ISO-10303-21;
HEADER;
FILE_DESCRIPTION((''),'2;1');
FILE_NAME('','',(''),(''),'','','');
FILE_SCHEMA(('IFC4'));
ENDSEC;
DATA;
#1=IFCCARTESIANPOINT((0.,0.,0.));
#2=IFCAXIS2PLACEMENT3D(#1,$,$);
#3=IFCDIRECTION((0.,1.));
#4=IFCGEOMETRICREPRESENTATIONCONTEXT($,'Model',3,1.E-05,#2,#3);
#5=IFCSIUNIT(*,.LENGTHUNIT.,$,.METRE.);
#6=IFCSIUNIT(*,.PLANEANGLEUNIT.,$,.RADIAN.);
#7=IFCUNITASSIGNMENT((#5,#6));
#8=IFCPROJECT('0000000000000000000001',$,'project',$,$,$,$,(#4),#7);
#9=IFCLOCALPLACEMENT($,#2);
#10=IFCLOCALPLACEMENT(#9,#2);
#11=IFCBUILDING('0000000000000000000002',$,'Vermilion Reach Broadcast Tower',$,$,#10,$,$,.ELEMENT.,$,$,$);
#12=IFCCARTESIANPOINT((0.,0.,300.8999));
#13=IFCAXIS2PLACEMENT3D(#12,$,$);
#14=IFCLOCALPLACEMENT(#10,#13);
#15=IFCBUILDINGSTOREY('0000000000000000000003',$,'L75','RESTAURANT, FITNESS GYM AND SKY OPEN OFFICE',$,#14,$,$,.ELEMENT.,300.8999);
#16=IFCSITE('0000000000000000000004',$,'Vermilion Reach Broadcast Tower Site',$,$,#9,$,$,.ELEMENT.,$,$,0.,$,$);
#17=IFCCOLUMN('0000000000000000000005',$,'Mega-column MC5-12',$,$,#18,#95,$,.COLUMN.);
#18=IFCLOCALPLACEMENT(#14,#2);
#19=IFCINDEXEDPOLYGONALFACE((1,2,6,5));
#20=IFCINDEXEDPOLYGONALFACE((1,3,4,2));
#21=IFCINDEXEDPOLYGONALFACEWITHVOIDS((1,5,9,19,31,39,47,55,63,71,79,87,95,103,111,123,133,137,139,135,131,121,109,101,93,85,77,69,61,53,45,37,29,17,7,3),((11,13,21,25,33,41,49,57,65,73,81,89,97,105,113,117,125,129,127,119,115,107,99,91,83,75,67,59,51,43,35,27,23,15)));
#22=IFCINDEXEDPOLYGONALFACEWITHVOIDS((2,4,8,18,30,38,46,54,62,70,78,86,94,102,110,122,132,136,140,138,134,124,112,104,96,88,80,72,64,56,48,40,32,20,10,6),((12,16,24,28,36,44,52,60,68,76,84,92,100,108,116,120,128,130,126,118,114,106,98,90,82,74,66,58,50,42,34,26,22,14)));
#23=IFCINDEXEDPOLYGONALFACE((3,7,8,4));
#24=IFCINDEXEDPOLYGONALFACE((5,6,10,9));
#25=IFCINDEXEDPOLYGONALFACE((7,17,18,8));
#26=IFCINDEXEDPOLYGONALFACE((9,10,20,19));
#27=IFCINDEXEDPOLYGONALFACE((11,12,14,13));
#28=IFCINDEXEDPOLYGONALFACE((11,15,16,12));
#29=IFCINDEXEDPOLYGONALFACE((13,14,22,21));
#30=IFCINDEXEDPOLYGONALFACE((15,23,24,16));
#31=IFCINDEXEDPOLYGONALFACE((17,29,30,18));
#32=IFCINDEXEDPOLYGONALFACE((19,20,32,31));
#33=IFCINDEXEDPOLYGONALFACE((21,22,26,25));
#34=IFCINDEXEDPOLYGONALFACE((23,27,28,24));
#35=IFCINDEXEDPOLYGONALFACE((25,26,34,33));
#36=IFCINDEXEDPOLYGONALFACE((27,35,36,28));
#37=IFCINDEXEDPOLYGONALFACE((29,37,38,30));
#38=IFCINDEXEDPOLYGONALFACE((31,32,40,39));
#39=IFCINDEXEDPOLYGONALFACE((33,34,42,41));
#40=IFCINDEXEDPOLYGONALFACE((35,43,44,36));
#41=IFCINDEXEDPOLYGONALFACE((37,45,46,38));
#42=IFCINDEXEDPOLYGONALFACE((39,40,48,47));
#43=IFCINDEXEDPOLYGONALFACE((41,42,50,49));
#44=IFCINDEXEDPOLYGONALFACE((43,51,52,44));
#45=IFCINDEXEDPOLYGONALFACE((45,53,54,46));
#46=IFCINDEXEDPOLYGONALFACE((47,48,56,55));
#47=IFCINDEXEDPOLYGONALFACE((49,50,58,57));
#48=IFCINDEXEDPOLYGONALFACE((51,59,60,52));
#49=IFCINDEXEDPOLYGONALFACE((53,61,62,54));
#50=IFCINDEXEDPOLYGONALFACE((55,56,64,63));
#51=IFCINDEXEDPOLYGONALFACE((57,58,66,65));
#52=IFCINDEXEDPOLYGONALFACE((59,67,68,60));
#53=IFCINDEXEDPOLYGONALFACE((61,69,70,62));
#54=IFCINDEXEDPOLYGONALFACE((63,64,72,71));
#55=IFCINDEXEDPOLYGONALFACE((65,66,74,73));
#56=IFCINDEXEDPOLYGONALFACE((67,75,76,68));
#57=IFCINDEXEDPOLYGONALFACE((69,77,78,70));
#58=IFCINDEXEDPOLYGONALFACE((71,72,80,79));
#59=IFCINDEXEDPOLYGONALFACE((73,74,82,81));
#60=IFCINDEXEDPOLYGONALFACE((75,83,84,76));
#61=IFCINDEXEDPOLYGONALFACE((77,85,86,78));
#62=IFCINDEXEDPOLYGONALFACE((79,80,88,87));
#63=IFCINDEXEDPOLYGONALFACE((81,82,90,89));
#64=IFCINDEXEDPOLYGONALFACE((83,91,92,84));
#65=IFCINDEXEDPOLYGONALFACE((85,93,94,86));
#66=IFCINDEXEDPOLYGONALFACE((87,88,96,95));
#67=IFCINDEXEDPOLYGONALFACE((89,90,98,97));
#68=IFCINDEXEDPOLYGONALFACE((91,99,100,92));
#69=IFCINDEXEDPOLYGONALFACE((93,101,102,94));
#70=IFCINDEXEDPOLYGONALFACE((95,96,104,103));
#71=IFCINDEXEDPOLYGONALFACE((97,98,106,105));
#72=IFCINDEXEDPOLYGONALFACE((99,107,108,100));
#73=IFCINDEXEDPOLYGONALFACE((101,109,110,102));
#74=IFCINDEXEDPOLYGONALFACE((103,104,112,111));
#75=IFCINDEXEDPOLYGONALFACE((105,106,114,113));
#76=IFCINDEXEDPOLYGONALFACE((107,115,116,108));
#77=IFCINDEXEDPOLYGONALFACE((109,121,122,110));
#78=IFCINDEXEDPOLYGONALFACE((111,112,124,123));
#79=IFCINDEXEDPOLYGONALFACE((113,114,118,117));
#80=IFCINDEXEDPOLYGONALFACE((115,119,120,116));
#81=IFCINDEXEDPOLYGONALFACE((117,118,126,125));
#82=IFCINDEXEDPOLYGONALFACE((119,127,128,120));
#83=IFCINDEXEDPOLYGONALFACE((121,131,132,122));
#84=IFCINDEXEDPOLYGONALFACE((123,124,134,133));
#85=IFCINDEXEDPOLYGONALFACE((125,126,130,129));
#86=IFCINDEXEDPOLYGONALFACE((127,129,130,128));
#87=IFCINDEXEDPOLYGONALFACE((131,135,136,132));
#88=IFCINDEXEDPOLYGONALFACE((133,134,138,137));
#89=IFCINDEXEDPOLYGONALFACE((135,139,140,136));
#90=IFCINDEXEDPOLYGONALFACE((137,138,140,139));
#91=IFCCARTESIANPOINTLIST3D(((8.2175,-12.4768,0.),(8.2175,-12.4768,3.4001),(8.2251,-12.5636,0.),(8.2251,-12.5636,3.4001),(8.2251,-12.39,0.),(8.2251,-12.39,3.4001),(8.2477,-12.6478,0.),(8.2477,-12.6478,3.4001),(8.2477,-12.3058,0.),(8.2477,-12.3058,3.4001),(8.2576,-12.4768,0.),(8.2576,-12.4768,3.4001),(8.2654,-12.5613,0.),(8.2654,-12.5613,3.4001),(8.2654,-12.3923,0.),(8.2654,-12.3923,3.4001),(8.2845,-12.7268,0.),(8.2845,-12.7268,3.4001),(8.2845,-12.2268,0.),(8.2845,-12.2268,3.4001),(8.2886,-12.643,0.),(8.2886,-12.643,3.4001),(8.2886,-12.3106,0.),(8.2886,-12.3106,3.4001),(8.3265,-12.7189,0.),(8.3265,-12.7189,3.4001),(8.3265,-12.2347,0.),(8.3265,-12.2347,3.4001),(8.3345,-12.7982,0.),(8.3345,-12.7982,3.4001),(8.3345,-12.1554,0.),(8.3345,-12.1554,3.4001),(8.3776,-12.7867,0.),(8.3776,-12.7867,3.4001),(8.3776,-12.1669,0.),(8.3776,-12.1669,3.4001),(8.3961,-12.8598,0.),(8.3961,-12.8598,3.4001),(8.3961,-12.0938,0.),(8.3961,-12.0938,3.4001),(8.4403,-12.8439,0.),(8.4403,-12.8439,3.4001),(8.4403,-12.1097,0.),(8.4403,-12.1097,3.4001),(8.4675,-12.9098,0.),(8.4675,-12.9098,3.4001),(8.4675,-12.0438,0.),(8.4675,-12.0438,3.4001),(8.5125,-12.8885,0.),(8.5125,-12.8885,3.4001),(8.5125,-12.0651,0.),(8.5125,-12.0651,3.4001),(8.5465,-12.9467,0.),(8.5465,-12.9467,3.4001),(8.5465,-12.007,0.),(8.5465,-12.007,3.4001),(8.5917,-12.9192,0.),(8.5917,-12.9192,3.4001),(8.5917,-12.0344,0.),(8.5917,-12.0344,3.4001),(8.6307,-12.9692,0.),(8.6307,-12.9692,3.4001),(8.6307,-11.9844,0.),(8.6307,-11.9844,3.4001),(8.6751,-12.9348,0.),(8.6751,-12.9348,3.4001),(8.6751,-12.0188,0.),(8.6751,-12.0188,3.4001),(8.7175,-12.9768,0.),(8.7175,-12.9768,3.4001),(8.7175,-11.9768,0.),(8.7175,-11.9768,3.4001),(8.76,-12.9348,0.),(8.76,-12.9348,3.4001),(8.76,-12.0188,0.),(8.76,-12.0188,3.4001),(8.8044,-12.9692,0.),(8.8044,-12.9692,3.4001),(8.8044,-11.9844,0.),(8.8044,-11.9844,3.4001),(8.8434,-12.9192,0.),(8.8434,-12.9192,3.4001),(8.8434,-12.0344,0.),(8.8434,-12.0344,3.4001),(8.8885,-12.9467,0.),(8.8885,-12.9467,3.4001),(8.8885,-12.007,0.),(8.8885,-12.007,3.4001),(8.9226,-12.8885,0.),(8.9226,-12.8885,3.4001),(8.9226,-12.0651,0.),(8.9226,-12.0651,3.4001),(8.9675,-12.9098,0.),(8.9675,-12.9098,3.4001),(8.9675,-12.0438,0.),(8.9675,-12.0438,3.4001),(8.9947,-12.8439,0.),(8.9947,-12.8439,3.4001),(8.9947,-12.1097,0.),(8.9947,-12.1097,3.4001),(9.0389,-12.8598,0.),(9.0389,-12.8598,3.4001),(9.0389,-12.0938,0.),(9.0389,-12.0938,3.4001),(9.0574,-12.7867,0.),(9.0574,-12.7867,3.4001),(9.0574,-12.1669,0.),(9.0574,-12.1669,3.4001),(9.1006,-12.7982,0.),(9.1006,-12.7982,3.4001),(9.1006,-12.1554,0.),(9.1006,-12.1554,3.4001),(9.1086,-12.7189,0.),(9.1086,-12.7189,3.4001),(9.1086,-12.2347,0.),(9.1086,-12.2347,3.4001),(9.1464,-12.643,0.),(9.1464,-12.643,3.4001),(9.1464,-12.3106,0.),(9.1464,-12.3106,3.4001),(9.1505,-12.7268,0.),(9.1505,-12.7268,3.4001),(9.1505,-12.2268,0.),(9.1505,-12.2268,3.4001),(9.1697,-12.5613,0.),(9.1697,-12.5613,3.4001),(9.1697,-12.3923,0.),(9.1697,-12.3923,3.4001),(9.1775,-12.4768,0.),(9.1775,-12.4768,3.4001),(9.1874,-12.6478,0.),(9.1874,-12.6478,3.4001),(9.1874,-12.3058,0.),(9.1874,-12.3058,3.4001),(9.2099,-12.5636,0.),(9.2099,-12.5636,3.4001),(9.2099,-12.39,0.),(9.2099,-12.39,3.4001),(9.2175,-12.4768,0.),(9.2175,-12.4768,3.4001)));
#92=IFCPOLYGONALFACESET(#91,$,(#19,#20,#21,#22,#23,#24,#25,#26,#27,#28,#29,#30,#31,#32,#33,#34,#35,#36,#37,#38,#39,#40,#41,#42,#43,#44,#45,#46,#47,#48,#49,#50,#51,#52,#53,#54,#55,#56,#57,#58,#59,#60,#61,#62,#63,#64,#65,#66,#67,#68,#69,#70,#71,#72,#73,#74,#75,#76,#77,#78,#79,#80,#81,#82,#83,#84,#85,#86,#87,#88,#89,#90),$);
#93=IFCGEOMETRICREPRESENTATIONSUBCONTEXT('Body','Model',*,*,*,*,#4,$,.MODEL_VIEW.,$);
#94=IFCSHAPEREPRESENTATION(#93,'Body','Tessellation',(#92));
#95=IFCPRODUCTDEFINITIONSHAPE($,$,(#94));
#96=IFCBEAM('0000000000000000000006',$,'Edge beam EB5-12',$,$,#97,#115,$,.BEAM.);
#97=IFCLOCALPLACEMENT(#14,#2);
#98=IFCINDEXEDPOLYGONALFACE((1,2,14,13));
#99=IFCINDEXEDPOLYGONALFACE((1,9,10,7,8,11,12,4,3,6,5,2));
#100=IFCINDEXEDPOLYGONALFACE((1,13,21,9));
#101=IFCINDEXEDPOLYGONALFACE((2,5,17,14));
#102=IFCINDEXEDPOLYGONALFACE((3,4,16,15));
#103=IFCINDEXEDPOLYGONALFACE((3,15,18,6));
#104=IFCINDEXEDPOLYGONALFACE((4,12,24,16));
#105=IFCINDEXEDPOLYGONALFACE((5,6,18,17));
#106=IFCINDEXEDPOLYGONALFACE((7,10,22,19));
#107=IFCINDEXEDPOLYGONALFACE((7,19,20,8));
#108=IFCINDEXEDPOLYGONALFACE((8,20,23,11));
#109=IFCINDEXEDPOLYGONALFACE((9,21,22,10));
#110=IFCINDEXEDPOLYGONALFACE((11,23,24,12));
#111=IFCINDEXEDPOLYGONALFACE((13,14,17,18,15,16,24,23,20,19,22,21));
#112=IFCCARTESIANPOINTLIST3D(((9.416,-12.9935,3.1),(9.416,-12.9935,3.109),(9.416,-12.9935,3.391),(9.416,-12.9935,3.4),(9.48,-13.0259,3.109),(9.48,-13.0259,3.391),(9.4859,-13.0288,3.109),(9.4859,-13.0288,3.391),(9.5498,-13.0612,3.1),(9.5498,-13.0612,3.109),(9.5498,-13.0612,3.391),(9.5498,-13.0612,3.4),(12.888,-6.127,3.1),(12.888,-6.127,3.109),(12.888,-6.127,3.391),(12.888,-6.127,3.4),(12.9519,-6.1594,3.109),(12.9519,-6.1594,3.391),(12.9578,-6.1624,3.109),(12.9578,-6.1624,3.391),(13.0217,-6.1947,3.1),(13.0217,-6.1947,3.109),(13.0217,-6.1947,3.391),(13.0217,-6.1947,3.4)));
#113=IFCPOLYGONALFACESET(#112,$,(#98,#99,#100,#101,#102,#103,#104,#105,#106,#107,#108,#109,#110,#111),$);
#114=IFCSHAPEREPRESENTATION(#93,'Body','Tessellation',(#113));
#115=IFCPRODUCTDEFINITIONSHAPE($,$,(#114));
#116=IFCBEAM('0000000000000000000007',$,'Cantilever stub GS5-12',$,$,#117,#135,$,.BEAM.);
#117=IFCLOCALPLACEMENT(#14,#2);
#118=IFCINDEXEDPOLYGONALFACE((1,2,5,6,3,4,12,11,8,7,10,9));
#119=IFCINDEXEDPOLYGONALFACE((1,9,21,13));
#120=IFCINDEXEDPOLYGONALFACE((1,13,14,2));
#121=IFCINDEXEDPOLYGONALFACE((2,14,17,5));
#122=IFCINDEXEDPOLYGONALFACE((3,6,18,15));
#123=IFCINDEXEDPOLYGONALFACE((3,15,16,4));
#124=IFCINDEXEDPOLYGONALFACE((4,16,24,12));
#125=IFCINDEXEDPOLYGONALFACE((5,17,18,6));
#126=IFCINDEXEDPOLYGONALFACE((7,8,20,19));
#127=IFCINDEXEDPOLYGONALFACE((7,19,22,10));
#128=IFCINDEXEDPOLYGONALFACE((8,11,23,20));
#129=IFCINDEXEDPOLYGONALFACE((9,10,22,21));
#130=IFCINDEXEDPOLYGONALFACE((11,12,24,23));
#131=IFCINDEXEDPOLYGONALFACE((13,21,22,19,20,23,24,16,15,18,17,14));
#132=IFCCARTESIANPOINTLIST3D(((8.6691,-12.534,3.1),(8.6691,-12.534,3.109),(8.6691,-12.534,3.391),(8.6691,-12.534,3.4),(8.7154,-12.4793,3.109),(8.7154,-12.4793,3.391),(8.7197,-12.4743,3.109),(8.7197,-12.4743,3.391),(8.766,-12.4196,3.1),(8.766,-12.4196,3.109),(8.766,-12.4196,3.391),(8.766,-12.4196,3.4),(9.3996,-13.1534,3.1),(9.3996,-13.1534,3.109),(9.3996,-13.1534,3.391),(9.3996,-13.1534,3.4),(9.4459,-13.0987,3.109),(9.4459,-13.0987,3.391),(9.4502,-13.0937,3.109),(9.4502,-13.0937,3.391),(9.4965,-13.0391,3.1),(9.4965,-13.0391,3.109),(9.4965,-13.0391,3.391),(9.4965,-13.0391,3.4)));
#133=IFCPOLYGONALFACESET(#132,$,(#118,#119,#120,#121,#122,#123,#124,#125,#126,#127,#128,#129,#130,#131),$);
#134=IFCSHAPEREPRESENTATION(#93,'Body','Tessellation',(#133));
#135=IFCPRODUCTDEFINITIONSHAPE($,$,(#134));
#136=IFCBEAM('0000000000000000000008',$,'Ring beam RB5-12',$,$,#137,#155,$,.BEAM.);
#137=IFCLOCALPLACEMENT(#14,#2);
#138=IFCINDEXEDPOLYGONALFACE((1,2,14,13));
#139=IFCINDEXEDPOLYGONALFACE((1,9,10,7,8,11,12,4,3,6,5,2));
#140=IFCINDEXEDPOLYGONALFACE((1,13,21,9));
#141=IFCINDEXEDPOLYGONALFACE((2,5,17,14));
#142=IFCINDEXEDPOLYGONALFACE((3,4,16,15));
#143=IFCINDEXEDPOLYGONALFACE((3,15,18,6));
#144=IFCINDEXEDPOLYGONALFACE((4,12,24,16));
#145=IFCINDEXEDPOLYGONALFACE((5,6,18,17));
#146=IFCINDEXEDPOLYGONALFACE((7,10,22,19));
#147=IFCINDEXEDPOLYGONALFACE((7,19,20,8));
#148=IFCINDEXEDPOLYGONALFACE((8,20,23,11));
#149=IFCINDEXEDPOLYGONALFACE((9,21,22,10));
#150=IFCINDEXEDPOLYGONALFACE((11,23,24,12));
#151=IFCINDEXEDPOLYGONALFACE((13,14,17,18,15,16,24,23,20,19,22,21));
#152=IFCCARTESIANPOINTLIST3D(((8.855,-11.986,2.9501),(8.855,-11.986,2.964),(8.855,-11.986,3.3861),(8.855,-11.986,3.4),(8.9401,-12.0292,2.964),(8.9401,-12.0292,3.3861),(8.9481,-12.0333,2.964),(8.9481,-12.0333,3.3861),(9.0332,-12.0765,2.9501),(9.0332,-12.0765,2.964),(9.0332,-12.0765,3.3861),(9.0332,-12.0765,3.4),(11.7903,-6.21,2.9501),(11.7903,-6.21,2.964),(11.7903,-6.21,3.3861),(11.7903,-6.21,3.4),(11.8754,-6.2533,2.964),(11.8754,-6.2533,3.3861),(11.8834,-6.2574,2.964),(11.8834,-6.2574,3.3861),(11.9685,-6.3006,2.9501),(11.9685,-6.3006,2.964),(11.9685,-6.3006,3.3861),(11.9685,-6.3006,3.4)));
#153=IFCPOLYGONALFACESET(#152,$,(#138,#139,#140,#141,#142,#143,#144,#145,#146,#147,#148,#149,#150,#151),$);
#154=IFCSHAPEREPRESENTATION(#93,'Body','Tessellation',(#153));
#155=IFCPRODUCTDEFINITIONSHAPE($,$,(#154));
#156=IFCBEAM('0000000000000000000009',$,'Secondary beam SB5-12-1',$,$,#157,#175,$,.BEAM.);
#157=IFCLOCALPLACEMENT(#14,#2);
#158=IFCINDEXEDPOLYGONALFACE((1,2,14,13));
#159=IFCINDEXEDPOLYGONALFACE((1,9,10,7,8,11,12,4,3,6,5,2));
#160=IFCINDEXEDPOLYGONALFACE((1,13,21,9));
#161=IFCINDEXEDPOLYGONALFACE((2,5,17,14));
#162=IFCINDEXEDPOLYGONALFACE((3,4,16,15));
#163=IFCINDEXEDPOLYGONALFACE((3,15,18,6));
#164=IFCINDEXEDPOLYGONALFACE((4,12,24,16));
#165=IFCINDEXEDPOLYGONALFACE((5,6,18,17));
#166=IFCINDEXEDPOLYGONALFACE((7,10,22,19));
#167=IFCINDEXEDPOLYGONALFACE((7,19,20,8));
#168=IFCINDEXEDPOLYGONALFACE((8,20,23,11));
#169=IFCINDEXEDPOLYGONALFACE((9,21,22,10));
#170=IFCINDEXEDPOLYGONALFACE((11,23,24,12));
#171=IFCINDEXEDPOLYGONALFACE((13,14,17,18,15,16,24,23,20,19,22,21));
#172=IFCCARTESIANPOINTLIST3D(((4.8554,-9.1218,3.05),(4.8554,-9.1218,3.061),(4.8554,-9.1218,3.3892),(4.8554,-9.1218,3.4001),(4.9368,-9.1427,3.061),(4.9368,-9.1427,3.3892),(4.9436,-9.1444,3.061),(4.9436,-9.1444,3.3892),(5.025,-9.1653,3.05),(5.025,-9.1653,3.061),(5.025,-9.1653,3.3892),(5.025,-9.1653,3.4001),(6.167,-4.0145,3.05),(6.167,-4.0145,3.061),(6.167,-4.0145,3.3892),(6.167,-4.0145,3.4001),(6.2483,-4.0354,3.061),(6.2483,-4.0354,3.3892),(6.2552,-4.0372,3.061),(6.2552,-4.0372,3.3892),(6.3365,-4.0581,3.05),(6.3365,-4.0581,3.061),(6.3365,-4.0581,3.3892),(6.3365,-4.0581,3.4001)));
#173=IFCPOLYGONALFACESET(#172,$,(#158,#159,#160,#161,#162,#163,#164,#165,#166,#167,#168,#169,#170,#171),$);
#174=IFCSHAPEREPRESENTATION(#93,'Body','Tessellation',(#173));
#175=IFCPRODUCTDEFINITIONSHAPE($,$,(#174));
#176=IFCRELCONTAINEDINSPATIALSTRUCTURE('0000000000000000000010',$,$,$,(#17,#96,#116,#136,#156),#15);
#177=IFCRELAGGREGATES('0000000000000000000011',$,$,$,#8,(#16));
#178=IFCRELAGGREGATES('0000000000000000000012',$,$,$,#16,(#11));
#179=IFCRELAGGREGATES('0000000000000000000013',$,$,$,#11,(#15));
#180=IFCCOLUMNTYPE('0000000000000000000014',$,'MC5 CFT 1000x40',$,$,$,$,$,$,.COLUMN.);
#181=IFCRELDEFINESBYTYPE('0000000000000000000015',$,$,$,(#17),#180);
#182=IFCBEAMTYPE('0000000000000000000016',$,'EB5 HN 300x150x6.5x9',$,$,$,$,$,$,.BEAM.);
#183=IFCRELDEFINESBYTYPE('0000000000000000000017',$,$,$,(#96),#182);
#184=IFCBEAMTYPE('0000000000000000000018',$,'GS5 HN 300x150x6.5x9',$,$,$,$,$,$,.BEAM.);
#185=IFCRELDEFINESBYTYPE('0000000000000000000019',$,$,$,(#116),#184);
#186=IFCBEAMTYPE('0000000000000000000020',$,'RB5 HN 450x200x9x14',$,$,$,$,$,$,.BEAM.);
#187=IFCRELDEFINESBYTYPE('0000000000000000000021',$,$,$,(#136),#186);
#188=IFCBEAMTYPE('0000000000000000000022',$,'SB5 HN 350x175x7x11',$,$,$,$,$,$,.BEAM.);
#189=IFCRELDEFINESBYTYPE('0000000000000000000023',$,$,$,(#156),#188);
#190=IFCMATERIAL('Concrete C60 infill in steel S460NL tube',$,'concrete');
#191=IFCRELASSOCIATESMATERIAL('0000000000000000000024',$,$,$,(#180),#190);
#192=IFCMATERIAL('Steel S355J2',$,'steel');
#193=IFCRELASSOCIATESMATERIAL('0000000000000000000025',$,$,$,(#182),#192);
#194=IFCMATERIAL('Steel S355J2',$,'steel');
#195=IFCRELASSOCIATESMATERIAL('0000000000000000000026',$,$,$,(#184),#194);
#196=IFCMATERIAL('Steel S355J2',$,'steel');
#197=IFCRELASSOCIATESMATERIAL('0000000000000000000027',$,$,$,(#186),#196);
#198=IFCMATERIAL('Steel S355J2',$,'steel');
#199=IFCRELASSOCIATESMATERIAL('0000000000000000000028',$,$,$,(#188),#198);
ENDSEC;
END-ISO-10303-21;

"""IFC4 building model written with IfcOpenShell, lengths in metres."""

from ifc_helpers import new_model, si_unit, direction, frame, origin, origin_2d, place, context, subcontext, project, spatial, hollow_circle, i_section, extrude, material, material_profile, profile_set, type_object, element, save


model = new_model("IFC4")

# Units and contexts
model_context = context("Model", 3, precision=1e-05, world=origin(), true_north=direction((0.0, 1.0)))
body_context = subcontext(model_context, "Body", "Model", "MODEL_VIEW")
ifc_project = project(units=[si_unit("LENGTHUNIT", "METRE"), si_unit("PLANEANGLEUNIT", "RADIAN")], contexts=[model_context])

# Site, building, storey
site_placement = place(None, origin())
site = spatial("IfcSite", under=ifc_project, at=site_placement, Name="Vermilion Reach Broadcast Tower Site", CompositionType="ELEMENT", RefElevation=0.0)
building_placement = place(site_placement, origin())
building = spatial("IfcBuilding", under=site, at=building_placement, Name="Vermilion Reach Broadcast Tower", CompositionType="ELEMENT")
storey_placement = place(building_placement, frame((0.0, 0.0, 300.8999)))
storey = spatial("IfcBuildingStorey", under=building, at=storey_placement, Name="L75", Description="RESTAURANT, FITNESS GYM AND SKY OPEN OFFICE", CompositionType="ELEMENT", Elevation=300.8999)

# Column
ifc_material_1 = material(Name="Concrete C60 infill in steel S460NL tube", Category="concrete")
ifc_material_profile_1 = material_profile(ifc_material_1, hollow_circle(Radius=0.5, WallThickness=0.04, at=origin_2d()), Name="Concrete C60 infill in steel S460NL tube CFT 1000x40")
ifc_profile_set_1 = profile_set([ifc_material_profile_1], Name="Concrete C60 infill in steel S460NL tube")
column_type = type_object("IfcColumnType", Name="MC5 CFT 1000x40", PredefinedType="COLUMN", material=ifc_profile_set_1)
column_placement = place(storey_placement, frame((8.7175, -12.4768, 0.0), z_axis=(0.0, 0.0, 1.0), x_axis=(1.0, 0.0, 0.0)))
element("IfcColumn", 1, at=column_placement, inside=storey, type_object=column_type, Name="Mega-column MC5-12", PredefinedType="COLUMN", context=body_context, shape_type="SweptSolid", body=[
    extrude(hollow_circle(Radius=0.5, WallThickness=0.04, at=origin_2d()), origin(), (0.0, 0.0, 1.0), 3.4001),
])

# Beams
ifc_material_2 = material(Name="Steel S355J2", Category="steel")
ifc_material_profile_2 = material_profile(ifc_material_2, i_section(OverallWidth=0.1499, OverallDepth=0.3, WebThickness=0.0066, FlangeThickness=0.009, at=origin_2d()), Name="S355J2 HN 300x150x6.5x9")
ifc_profile_set_2 = profile_set([ifc_material_profile_2], Name="Steel S355J2")
beam_type_1 = type_object("IfcBeamType", Name="EB5 HN 300x150x6.5x9", PredefinedType="BEAM", material=ifc_profile_set_2)
beam_1_placement = place(storey_placement, frame((9.4829, -13.0273, 3.25), z_axis=(0.451232, 0.892406, 0.0), x_axis=(-0.892406, 0.451232, 0.0)))
element("IfcBeam", 2, at=beam_1_placement, inside=storey, type_object=beam_type_1, Name="Edge beam EB5-12", PredefinedType="BEAM", context=body_context, shape_type="SweptSolid", body=[
    extrude(i_section(OverallWidth=0.1499, OverallDepth=0.3, WebThickness=0.0066, FlangeThickness=0.009, at=origin_2d()), origin(), (0.0, 0.0, 1.0), 7.6943),
])
ifc_material_3 = material(Name="Steel S355J2", Category="steel")
ifc_material_profile_3 = material_profile(ifc_material_3, i_section(OverallWidth=0.1499, OverallDepth=0.3, WebThickness=0.0066, FlangeThickness=0.009, at=origin_2d()), Name="S355J2 HN 300x150x6.5x9")
ifc_profile_set_3 = profile_set([ifc_material_profile_3], Name="Steel S355J2")
beam_type_2 = type_object("IfcBeamType", Name="GS5 HN 300x150x6.5x9", PredefinedType="BEAM", material=ifc_profile_set_3)
beam_2_placement = place(storey_placement, frame((8.7175, -12.4768, 3.25), z_axis=(0.762719, -0.64673, 0.0), x_axis=(0.64673, 0.762719, 0.0)))
element("IfcBeam", 3, at=beam_2_placement, inside=storey, type_object=beam_type_2, Name="Cantilever stub GS5-12", PredefinedType="BEAM", context=body_context, shape_type="SweptSolid", body=[
    extrude(i_section(OverallWidth=0.1499, OverallDepth=0.3, WebThickness=0.0066, FlangeThickness=0.009, at=origin_2d()), origin(), (0.0, 0.0, 1.0), 0.9578),
])
ifc_material_4 = material(Name="Steel S355J2", Category="steel")
ifc_material_profile_4 = material_profile(ifc_material_4, i_section(OverallWidth=0.2, OverallDepth=0.45, WebThickness=0.009, FlangeThickness=0.0139, at=origin_2d()), Name="S355J2 HN 450x200x9x14")
ifc_profile_set_4 = profile_set([ifc_material_profile_4], Name="Steel S355J2")
beam_type_3 = type_object("IfcBeamType", Name="RB5 HN 450x200x9x14", PredefinedType="BEAM", material=ifc_profile_set_4)
beam_3_placement = place(storey_placement, frame((8.9441, -12.0312, 3.175), z_axis=(0.453052, 0.891484, 0.0), x_axis=(-0.891484, 0.453052, 0.0)))
element("IfcBeam", 4, at=beam_3_placement, inside=storey, type_object=beam_type_3, Name="Ring beam RB5-12", PredefinedType="BEAM", context=body_context, shape_type="SweptSolid", body=[
    extrude(i_section(OverallWidth=0.2, OverallDepth=0.45, WebThickness=0.009, FlangeThickness=0.0139, at=origin_2d()), origin(), (0.0, 0.0, 1.0), 6.479),
])
ifc_material_5 = material(Name="Steel S355J2", Category="steel")
ifc_material_profile_5 = material_profile(ifc_material_5, i_section(OverallWidth=0.175, OverallDepth=0.3501, WebThickness=0.0071, FlangeThickness=0.011, at=origin_2d()), Name="S355J2 HN 350x175x7x11")
ifc_profile_set_5 = profile_set([ifc_material_profile_5], Name="Steel S355J2")
beam_type_4 = type_object("IfcBeamType", Name="SB5 HN 350x175x7x11", PredefinedType="BEAM", material=ifc_profile_set_5)
beam_4_placement = place(storey_placement, frame((4.9402, -9.1436, 3.2251), z_axis=(0.24873, 0.968573, 0.0), x_axis=(-0.968573, 0.24873, 0.0)))
element("IfcBeam", 5, at=beam_4_placement, inside=storey, type_object=beam_type_4, Name="Secondary beam SB5-12-1", PredefinedType="BEAM", context=body_context, shape_type="SweptSolid", body=[
    extrude(i_section(OverallWidth=0.175, OverallDepth=0.3501, WebThickness=0.0071, FlangeThickness=0.011, at=origin_2d()), origin(), (0.0, 0.0, 1.0), 5.2729),
])

save(model, "model.ifc")
